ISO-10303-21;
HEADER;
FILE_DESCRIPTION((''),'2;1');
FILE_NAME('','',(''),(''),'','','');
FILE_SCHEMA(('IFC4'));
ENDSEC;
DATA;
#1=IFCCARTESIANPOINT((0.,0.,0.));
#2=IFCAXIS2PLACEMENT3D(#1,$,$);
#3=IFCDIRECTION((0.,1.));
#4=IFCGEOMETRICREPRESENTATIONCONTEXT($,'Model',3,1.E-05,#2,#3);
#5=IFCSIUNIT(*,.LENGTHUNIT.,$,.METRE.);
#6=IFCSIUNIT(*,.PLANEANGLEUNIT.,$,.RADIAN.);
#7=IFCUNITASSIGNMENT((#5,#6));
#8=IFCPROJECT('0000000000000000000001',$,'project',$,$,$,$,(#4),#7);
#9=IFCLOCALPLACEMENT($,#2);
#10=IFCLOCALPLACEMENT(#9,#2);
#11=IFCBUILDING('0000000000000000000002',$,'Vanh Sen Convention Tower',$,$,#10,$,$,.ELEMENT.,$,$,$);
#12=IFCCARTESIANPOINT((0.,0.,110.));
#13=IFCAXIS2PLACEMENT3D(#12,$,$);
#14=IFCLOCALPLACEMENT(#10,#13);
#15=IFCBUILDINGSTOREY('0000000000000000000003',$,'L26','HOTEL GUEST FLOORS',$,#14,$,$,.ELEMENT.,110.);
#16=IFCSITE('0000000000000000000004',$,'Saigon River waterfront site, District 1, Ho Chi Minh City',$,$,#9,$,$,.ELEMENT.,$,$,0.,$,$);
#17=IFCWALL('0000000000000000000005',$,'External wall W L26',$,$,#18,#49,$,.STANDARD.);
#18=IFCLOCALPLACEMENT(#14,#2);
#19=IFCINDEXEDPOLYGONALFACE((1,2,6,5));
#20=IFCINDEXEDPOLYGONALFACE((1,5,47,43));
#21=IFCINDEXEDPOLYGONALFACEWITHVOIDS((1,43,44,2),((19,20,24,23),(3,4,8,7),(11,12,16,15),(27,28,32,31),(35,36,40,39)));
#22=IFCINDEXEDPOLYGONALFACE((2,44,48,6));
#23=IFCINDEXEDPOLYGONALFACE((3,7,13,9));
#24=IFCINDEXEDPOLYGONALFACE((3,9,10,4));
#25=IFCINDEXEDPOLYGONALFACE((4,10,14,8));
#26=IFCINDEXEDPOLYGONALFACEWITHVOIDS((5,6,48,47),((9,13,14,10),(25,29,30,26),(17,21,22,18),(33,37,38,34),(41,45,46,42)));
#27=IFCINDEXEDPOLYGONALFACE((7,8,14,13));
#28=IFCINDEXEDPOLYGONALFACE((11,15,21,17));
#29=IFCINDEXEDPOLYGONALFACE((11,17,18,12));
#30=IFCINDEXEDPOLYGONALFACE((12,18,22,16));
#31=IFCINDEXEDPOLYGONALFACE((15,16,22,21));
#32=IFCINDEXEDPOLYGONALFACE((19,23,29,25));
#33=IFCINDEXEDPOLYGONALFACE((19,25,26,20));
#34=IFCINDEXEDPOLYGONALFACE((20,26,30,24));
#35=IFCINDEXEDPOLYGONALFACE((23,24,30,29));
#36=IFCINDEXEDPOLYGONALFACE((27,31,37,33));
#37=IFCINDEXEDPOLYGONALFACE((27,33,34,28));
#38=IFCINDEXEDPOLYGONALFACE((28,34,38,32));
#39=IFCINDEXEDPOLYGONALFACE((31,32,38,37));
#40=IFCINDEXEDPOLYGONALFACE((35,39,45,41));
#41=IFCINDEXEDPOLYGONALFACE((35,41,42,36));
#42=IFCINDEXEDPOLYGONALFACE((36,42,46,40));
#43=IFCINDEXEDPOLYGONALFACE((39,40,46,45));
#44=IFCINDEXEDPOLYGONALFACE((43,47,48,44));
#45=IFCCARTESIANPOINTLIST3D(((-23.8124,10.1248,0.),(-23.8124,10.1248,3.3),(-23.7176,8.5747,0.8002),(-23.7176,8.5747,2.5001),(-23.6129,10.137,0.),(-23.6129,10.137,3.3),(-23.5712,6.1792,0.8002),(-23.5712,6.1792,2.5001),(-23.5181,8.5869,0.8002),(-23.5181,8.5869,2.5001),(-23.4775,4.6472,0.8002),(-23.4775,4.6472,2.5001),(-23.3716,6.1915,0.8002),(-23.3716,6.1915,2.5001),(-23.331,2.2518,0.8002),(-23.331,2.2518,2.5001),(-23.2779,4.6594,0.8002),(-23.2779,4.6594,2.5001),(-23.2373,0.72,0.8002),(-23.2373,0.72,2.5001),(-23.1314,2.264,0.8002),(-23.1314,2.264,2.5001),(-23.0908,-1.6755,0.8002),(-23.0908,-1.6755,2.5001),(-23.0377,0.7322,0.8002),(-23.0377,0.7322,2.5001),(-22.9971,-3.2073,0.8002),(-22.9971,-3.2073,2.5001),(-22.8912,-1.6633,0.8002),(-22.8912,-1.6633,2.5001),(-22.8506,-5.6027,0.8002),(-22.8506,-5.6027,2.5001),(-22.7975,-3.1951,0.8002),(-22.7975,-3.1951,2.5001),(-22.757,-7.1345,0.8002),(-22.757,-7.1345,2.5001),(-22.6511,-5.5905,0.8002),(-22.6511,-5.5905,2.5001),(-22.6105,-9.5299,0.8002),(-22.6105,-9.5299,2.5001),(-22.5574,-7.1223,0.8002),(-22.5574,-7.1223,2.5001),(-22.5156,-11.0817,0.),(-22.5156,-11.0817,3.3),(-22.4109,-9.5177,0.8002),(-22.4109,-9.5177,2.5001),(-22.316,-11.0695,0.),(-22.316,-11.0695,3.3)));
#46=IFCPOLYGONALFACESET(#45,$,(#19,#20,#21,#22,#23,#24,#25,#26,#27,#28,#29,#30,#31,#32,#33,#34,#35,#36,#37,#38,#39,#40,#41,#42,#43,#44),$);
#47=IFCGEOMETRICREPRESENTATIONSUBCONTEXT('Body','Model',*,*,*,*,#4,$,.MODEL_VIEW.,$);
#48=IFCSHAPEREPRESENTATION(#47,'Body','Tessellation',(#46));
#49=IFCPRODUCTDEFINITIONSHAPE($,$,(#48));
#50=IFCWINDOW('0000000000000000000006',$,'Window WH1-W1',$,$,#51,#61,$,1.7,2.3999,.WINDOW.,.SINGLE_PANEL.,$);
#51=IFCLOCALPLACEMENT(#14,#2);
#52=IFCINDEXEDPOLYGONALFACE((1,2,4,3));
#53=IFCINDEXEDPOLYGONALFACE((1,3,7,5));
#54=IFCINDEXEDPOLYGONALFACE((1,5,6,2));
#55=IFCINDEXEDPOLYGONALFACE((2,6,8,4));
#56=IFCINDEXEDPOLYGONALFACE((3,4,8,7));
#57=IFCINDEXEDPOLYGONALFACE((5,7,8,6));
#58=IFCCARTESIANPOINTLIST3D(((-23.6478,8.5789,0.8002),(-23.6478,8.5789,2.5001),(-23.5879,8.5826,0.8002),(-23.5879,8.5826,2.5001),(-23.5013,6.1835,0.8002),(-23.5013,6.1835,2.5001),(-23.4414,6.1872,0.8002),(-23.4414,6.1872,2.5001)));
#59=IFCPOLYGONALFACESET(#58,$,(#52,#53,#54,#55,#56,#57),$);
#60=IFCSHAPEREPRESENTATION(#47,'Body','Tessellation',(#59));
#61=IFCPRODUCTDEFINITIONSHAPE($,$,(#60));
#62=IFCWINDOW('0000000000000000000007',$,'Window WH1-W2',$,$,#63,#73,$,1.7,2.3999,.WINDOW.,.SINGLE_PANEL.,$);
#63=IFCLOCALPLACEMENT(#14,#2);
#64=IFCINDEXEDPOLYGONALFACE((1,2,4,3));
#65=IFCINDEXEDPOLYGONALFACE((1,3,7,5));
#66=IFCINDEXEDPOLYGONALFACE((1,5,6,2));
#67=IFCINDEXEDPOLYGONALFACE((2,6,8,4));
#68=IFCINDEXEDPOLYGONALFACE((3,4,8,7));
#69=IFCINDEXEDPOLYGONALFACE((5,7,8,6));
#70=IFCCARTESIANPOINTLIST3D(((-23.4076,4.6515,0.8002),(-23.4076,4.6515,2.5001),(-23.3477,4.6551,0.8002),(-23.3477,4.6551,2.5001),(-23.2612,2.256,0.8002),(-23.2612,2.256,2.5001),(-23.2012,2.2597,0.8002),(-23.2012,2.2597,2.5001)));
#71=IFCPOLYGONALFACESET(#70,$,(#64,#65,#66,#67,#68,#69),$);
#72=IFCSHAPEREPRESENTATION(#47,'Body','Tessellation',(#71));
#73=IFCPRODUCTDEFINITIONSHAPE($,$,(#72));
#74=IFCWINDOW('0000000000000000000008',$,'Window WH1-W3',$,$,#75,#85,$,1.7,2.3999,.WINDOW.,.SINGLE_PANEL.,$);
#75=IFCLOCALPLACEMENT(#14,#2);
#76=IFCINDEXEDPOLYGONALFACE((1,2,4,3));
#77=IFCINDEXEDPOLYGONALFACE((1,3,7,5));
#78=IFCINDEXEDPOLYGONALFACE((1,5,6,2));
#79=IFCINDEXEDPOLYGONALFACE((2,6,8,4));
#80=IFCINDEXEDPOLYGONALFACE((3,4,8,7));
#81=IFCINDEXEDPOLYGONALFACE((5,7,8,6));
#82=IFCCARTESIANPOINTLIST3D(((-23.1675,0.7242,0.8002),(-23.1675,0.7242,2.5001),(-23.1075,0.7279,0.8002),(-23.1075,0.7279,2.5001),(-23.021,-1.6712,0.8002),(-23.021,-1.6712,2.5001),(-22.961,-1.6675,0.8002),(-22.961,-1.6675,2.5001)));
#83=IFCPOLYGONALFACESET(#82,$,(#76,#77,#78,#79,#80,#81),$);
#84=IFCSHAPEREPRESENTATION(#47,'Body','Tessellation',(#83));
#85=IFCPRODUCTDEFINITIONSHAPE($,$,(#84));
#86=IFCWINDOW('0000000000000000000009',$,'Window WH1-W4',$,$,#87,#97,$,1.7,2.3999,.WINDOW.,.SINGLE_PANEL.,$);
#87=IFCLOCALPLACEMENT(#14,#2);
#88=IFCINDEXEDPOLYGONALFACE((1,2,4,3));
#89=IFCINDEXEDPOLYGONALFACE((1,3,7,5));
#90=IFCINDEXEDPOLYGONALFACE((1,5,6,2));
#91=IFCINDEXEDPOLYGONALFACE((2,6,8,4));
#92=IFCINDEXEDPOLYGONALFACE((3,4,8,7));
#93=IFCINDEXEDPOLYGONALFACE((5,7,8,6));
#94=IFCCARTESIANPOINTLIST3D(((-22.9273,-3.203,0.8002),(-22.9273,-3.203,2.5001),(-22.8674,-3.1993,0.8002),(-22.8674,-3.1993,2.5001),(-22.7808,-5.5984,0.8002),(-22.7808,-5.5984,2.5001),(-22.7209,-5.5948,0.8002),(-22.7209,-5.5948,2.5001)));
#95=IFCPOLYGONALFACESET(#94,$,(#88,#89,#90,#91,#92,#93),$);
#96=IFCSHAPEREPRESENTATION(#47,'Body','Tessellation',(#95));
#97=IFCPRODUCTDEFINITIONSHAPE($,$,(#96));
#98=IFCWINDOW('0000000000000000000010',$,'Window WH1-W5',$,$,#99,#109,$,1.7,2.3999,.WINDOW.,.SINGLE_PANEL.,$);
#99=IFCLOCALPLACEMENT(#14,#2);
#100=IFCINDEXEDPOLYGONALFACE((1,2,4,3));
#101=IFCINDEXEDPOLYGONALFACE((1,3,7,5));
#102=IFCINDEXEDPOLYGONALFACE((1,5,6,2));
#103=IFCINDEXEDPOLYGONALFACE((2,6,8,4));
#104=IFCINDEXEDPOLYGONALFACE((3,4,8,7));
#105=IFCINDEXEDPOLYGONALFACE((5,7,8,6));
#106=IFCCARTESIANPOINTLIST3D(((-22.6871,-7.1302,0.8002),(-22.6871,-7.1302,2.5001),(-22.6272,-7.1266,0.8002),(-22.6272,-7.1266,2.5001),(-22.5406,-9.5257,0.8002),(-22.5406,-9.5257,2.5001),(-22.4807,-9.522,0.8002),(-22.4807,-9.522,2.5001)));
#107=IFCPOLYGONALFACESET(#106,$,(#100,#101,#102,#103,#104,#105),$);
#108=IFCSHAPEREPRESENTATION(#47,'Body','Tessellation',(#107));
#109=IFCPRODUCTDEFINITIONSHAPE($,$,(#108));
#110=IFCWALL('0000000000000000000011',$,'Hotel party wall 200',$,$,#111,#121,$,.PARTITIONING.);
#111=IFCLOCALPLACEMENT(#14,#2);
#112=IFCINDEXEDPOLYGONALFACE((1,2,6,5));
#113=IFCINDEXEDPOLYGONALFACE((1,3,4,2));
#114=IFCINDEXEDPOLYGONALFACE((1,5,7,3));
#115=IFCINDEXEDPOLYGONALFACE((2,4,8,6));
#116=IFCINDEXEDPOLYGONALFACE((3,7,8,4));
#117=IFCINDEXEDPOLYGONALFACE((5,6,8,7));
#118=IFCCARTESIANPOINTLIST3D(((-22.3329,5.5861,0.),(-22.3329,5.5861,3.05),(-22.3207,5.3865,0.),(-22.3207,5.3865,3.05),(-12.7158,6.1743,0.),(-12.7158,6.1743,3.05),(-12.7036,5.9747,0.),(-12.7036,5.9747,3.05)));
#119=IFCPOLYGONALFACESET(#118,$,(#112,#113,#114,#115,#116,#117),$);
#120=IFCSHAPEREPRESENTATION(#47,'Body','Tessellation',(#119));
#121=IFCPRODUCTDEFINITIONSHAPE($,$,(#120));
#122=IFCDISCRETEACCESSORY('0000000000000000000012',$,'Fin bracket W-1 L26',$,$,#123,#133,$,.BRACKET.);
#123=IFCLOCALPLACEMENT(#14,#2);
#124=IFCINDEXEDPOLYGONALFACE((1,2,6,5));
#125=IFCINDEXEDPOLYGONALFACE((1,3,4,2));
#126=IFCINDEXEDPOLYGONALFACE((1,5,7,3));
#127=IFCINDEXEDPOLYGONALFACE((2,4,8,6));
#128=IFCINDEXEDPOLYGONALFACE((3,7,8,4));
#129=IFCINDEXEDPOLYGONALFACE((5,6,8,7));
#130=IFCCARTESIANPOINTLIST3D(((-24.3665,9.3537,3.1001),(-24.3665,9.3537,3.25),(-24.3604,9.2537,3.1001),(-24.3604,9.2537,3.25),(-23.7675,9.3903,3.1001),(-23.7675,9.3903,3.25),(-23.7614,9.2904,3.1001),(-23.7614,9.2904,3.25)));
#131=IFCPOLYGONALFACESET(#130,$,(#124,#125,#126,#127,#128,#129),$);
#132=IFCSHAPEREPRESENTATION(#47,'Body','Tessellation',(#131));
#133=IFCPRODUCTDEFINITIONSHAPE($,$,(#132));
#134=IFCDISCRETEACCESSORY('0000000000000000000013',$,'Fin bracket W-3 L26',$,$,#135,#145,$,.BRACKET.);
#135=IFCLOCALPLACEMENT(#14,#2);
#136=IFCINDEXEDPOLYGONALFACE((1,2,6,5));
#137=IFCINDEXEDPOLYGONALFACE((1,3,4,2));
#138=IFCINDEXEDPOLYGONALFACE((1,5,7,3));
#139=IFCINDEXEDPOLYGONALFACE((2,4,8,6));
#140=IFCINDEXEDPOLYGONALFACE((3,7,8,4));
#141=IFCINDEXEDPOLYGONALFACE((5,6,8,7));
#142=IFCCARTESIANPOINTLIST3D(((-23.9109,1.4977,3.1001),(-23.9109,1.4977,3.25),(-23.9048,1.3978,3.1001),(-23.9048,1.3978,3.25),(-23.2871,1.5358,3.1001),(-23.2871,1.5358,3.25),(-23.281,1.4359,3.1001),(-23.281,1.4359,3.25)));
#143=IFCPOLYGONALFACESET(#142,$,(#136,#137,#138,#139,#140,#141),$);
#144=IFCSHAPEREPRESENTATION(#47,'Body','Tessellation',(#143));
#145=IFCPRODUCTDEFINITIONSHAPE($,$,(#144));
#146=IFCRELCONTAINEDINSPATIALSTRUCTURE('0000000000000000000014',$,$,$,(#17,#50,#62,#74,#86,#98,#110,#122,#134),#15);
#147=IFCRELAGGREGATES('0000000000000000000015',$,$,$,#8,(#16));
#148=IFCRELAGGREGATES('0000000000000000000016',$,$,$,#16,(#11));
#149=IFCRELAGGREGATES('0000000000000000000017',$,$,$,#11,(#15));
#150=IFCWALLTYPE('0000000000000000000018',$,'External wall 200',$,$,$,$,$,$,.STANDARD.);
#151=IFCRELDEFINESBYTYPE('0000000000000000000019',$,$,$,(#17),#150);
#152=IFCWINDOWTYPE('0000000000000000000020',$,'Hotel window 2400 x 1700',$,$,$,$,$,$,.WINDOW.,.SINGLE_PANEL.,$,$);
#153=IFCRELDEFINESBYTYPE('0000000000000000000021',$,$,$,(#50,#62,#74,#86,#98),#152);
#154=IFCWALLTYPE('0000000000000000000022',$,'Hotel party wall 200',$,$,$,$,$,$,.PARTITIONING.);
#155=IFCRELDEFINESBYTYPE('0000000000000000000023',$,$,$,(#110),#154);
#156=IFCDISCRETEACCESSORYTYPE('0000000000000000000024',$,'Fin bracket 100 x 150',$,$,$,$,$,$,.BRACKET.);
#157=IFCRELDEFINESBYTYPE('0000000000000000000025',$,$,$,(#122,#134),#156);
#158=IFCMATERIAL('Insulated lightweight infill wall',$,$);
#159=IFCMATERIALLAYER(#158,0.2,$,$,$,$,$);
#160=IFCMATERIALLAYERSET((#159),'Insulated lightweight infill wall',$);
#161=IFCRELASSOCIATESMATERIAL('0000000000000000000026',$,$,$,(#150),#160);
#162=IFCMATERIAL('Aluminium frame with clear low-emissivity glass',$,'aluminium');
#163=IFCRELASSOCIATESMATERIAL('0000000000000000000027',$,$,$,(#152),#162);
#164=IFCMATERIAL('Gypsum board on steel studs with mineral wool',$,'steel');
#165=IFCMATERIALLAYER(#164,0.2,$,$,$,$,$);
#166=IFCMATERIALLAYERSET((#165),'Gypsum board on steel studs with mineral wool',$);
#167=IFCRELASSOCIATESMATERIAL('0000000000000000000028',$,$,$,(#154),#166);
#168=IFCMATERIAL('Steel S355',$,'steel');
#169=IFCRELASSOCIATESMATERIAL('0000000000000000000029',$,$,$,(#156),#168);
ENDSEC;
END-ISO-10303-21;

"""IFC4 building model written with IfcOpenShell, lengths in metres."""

from ifc_helpers import new_model, si_unit, direction, frame, frame_2d, origin, origin_2d, place, context, subcontext, project, spatial, rectangle, extrude, material, layer, layer_set, type_object, element, fill, save


model = new_model("IFC4")

# Units and contexts
model_context = context("Model", 3, precision=1e-05, world=origin(), true_north=direction((0.0, 1.0)))
body_context = subcontext(model_context, "Body", "Model", "MODEL_VIEW")
ifc_project = project(units=[si_unit("LENGTHUNIT", "METRE"), si_unit("PLANEANGLEUNIT", "RADIAN")], contexts=[model_context])

# Site, building, storey
site_placement = place(None, origin())
site = spatial("IfcSite", under=ifc_project, at=site_placement, Name="Saigon River waterfront site, District 1, Ho Chi Minh City", CompositionType="ELEMENT", RefElevation=0.0)
building_placement = place(site_placement, origin())
building = spatial("IfcBuilding", under=site, at=building_placement, Name="Vanh Sen Convention Tower", CompositionType="ELEMENT")
storey_placement = place(building_placement, frame((0.0, 0.0, 110.0)))
storey = spatial("IfcBuildingStorey", under=building, at=storey_placement, Name="L26", Description="HOTEL GUEST FLOORS", CompositionType="ELEMENT", Elevation=110.0)

# Shared definitions
ifc_material_1 = material(Name="Gypsum board on steel studs with mineral wool", Category="steel")

# Wall, openings, windows
ifc_material_2 = material(Name="Insulated lightweight infill wall")
ifc_layer_1 = layer(ifc_material_2, 0.2)
ifc_layer_set_1 = layer_set([ifc_layer_1], Name="Insulated lightweight infill wall")
wall_type_1 = type_object("IfcWallType", Name="External wall 200", PredefinedType="STANDARD", material=ifc_layer_set_1)
wall_1_placement = place(storey_placement, frame((-23.7126, 10.1309, 0.0), z_axis=(0.0, 0.0, 1.0), x_axis=(0.06104, -0.998135, 0.0)))
wall_1 = element("IfcWall", 1, at=wall_1_placement, inside=storey, type_object=wall_type_1, Name="External wall W L26", PredefinedType="STANDARD", context=body_context, shape_type="SweptSolid", body=[
    extrude(rectangle(XDim=21.2461, YDim=0.2, at=frame_2d((10.623, 0.0))), origin(), (0.0, 0.0, 1.0), 3.3),
])
opening_1_placement = place(wall_1_placement, frame((1.553, 0.0, 0.8)))
opening_1 = element("IfcOpeningElement", 2, at=opening_1_placement, cuts=wall_1, PredefinedType="OPENING", context=body_context, shape_type="SweptSolid", body=[
    extrude(rectangle(XDim=2.3999, YDim=1.7, at=frame_2d((1.2, 0.8501))), frame((0.0, 0.1099, 0.0), z_axis=(0.0, -1.0, 0.0), x_axis=(1.0, 0.0, 0.0)), (0.0, 0.0, 1.0), 0.22),
])
opening_2_placement = place(wall_1_placement, frame((5.4878, 0.0, 0.8)))
opening_2 = element("IfcOpeningElement", 3, at=opening_2_placement, cuts=wall_1, PredefinedType="OPENING", context=body_context, shape_type="SweptSolid", body=[
    extrude(rectangle(XDim=2.3999, YDim=1.7, at=frame_2d((1.2, 0.8501))), frame((0.0, 0.1099, 0.0), z_axis=(0.0, -1.0, 0.0), x_axis=(1.0, 0.0, 0.0)), (0.0, 0.0, 1.0), 0.22),
])
opening_3_placement = place(wall_1_placement, frame((9.4224, 0.0, 0.8)))
opening_3 = element("IfcOpeningElement", 4, at=opening_3_placement, cuts=wall_1, PredefinedType="OPENING", context=body_context, shape_type="SweptSolid", body=[
    extrude(rectangle(XDim=2.3999, YDim=1.7, at=frame_2d((1.2, 0.8501))), frame((0.0, 0.1099, 0.0), z_axis=(0.0, -1.0, 0.0), x_axis=(1.0, 0.0, 0.0)), (0.0, 0.0, 1.0), 0.22),
])
opening_4_placement = place(wall_1_placement, frame((13.3569, 0.0, 0.8)))
opening_4 = element("IfcOpeningElement", 5, at=opening_4_placement, cuts=wall_1, PredefinedType="OPENING", context=body_context, shape_type="SweptSolid", body=[
    extrude(rectangle(XDim=2.3999, YDim=1.7, at=frame_2d((1.2, 0.8501))), frame((0.0, 0.1099, 0.0), z_axis=(0.0, -1.0, 0.0), x_axis=(1.0, 0.0, 0.0)), (0.0, 0.0, 1.0), 0.22),
])
opening_5_placement = place(wall_1_placement, frame((17.2915, 0.0, 0.8)))
opening_5 = element("IfcOpeningElement", 6, at=opening_5_placement, cuts=wall_1, PredefinedType="OPENING", context=body_context, shape_type="SweptSolid", body=[
    extrude(rectangle(XDim=2.3999, YDim=1.7, at=frame_2d((1.2, 0.8501))), frame((0.0, 0.1099, 0.0), z_axis=(0.0, -1.0, 0.0), x_axis=(1.0, 0.0, 0.0)), (0.0, 0.0, 1.0), 0.22),
])
ifc_material_3 = material(Name="Aluminium frame with clear low-emissivity glass", Category="aluminium")
window_type = type_object("IfcWindowType", Name="Hotel window 2400 x 1700", PartitioningType="SINGLE_PANEL", PredefinedType="WINDOW", material=ifc_material_3)
window_1_placement = place(opening_1_placement, origin())
window_1 = element("IfcWindow", 7, at=window_1_placement, inside=storey, type_object=window_type, Name="Window WH1-W1", OverallHeight=1.7, OverallWidth=2.3999, PartitioningType="SINGLE_PANEL", PredefinedType="WINDOW", context=body_context, shape_type="SweptSolid", body=[
    extrude(rectangle(XDim=2.3999, YDim=1.7, at=frame_2d((1.2, 0.8501))), frame((0.0, 0.03, 0.0), z_axis=(0.0, -1.0, 0.0), x_axis=(1.0, 0.0, 0.0)), (0.0, 0.0, 1.0), 0.0601),
])
fill(opening_1, window_1)
window_2_placement = place(opening_2_placement, origin())
window_2 = element("IfcWindow", 8, at=window_2_placement, inside=storey, type_object=window_type, Name="Window WH1-W2", OverallHeight=1.7, OverallWidth=2.3999, PartitioningType="SINGLE_PANEL", PredefinedType="WINDOW", context=body_context, shape_type="SweptSolid", body=[
    extrude(rectangle(XDim=2.3999, YDim=1.7, at=frame_2d((1.2, 0.8501))), frame((0.0, 0.03, 0.0), z_axis=(0.0, -1.0, 0.0), x_axis=(1.0, 0.0, 0.0)), (0.0, 0.0, 1.0), 0.0601),
])
fill(opening_2, window_2)
window_3_placement = place(opening_3_placement, origin())
window_3 = element("IfcWindow", 9, at=window_3_placement, inside=storey, type_object=window_type, Name="Window WH1-W3", OverallHeight=1.7, OverallWidth=2.3999, PartitioningType="SINGLE_PANEL", PredefinedType="WINDOW", context=body_context, shape_type="SweptSolid", body=[
    extrude(rectangle(XDim=2.3999, YDim=1.7, at=frame_2d((1.2, 0.8501))), frame((0.0, 0.03, 0.0), z_axis=(0.0, -1.0, 0.0), x_axis=(1.0, 0.0, 0.0)), (0.0, 0.0, 1.0), 0.0601),
])
fill(opening_3, window_3)
window_4_placement = place(opening_4_placement, origin())
window_4 = element("IfcWindow", 10, at=window_4_placement, inside=storey, type_object=window_type, Name="Window WH1-W4", OverallHeight=1.7, OverallWidth=2.3999, PartitioningType="SINGLE_PANEL", PredefinedType="WINDOW", context=body_context, shape_type="SweptSolid", body=[
    extrude(rectangle(XDim=2.3999, YDim=1.7, at=frame_2d((1.2, 0.8501))), frame((0.0, 0.03, 0.0), z_axis=(0.0, -1.0, 0.0), x_axis=(1.0, 0.0, 0.0)), (0.0, 0.0, 1.0), 0.0601),
])
fill(opening_4, window_4)
window_5_placement = place(opening_5_placement, origin())
window_5 = element("IfcWindow", 11, at=window_5_placement, inside=storey, type_object=window_type, Name="Window WH1-W5", OverallHeight=1.7, OverallWidth=2.3999, PartitioningType="SINGLE_PANEL", PredefinedType="WINDOW", context=body_context, shape_type="SweptSolid", body=[
    extrude(rectangle(XDim=2.3999, YDim=1.7, at=frame_2d((1.2, 0.8501))), frame((0.0, 0.03, 0.0), z_axis=(0.0, -1.0, 0.0), x_axis=(1.0, 0.0, 0.0)), (0.0, 0.0, 1.0), 0.0601),
])
fill(opening_5, window_5)

# Wall
ifc_layer_2 = layer(ifc_material_1, 0.2)
ifc_layer_set_2 = layer_set([ifc_layer_2], Name="Gypsum board on steel studs with mineral wool")
wall_type_2 = type_object("IfcWallType", Name="Hotel party wall 200", PredefinedType="PARTITIONING", material=ifc_layer_set_2)
wall_2_placement = place(storey_placement, frame((-22.3267, 5.4863, 0.0), z_axis=(0.0, 0.0, 1.0), x_axis=(0.998135, 0.061042, 0.0)))
element("IfcWall", 12, at=wall_2_placement, inside=storey, type_object=wall_type_2, Name="Hotel party wall 200", PredefinedType="PARTITIONING", context=body_context, shape_type="SweptSolid", body=[
    extrude(rectangle(XDim=9.635, YDim=0.2, at=frame_2d((4.8174, 0.0))), origin(), (0.0, 0.0, 1.0), 3.05),
])

# Discrete accessories
ifc_material_4 = material(Name="Steel S355", Category="steel")
discrete_accessory_type = type_object("IfcDiscreteAccessoryType", Name="Fin bracket 100 x 150", PredefinedType="BRACKET", material=ifc_material_4)
discrete_accessory_1_placement = place(storey_placement, frame((-24.064, 9.322, 3.1001), z_axis=(0.0, 0.0, 1.0), x_axis=(-0.998135, -0.061049, 0.0)))
element("IfcDiscreteAccessory", 13, at=discrete_accessory_1_placement, inside=storey, type_object=discrete_accessory_type, Name="Fin bracket W-1 L26", PredefinedType="BRACKET", context=body_context, shape_type="SweptSolid", body=[
    extrude(rectangle(XDim=0.6001, YDim=0.1001, at=origin_2d()), origin(), (0.0, 0.0, 1.0), 0.1499),
])
discrete_accessory_2_placement = place(storey_placement, frame((-23.5959, 1.4668, 3.1001), z_axis=(0.0, 0.0, 1.0), x_axis=(-0.998135, -0.061049, 0.0)))
element("IfcDiscreteAccessory", 14, at=discrete_accessory_2_placement, inside=storey, type_object=discrete_accessory_type, Name="Fin bracket W-3 L26", PredefinedType="BRACKET", context=body_context, shape_type="SweptSolid", body=[
    extrude(rectangle(XDim=0.625, YDim=0.1001, at=origin_2d()), origin(), (0.0, 0.0, 1.0), 0.1499),
])

save(model, "model.ifc")
